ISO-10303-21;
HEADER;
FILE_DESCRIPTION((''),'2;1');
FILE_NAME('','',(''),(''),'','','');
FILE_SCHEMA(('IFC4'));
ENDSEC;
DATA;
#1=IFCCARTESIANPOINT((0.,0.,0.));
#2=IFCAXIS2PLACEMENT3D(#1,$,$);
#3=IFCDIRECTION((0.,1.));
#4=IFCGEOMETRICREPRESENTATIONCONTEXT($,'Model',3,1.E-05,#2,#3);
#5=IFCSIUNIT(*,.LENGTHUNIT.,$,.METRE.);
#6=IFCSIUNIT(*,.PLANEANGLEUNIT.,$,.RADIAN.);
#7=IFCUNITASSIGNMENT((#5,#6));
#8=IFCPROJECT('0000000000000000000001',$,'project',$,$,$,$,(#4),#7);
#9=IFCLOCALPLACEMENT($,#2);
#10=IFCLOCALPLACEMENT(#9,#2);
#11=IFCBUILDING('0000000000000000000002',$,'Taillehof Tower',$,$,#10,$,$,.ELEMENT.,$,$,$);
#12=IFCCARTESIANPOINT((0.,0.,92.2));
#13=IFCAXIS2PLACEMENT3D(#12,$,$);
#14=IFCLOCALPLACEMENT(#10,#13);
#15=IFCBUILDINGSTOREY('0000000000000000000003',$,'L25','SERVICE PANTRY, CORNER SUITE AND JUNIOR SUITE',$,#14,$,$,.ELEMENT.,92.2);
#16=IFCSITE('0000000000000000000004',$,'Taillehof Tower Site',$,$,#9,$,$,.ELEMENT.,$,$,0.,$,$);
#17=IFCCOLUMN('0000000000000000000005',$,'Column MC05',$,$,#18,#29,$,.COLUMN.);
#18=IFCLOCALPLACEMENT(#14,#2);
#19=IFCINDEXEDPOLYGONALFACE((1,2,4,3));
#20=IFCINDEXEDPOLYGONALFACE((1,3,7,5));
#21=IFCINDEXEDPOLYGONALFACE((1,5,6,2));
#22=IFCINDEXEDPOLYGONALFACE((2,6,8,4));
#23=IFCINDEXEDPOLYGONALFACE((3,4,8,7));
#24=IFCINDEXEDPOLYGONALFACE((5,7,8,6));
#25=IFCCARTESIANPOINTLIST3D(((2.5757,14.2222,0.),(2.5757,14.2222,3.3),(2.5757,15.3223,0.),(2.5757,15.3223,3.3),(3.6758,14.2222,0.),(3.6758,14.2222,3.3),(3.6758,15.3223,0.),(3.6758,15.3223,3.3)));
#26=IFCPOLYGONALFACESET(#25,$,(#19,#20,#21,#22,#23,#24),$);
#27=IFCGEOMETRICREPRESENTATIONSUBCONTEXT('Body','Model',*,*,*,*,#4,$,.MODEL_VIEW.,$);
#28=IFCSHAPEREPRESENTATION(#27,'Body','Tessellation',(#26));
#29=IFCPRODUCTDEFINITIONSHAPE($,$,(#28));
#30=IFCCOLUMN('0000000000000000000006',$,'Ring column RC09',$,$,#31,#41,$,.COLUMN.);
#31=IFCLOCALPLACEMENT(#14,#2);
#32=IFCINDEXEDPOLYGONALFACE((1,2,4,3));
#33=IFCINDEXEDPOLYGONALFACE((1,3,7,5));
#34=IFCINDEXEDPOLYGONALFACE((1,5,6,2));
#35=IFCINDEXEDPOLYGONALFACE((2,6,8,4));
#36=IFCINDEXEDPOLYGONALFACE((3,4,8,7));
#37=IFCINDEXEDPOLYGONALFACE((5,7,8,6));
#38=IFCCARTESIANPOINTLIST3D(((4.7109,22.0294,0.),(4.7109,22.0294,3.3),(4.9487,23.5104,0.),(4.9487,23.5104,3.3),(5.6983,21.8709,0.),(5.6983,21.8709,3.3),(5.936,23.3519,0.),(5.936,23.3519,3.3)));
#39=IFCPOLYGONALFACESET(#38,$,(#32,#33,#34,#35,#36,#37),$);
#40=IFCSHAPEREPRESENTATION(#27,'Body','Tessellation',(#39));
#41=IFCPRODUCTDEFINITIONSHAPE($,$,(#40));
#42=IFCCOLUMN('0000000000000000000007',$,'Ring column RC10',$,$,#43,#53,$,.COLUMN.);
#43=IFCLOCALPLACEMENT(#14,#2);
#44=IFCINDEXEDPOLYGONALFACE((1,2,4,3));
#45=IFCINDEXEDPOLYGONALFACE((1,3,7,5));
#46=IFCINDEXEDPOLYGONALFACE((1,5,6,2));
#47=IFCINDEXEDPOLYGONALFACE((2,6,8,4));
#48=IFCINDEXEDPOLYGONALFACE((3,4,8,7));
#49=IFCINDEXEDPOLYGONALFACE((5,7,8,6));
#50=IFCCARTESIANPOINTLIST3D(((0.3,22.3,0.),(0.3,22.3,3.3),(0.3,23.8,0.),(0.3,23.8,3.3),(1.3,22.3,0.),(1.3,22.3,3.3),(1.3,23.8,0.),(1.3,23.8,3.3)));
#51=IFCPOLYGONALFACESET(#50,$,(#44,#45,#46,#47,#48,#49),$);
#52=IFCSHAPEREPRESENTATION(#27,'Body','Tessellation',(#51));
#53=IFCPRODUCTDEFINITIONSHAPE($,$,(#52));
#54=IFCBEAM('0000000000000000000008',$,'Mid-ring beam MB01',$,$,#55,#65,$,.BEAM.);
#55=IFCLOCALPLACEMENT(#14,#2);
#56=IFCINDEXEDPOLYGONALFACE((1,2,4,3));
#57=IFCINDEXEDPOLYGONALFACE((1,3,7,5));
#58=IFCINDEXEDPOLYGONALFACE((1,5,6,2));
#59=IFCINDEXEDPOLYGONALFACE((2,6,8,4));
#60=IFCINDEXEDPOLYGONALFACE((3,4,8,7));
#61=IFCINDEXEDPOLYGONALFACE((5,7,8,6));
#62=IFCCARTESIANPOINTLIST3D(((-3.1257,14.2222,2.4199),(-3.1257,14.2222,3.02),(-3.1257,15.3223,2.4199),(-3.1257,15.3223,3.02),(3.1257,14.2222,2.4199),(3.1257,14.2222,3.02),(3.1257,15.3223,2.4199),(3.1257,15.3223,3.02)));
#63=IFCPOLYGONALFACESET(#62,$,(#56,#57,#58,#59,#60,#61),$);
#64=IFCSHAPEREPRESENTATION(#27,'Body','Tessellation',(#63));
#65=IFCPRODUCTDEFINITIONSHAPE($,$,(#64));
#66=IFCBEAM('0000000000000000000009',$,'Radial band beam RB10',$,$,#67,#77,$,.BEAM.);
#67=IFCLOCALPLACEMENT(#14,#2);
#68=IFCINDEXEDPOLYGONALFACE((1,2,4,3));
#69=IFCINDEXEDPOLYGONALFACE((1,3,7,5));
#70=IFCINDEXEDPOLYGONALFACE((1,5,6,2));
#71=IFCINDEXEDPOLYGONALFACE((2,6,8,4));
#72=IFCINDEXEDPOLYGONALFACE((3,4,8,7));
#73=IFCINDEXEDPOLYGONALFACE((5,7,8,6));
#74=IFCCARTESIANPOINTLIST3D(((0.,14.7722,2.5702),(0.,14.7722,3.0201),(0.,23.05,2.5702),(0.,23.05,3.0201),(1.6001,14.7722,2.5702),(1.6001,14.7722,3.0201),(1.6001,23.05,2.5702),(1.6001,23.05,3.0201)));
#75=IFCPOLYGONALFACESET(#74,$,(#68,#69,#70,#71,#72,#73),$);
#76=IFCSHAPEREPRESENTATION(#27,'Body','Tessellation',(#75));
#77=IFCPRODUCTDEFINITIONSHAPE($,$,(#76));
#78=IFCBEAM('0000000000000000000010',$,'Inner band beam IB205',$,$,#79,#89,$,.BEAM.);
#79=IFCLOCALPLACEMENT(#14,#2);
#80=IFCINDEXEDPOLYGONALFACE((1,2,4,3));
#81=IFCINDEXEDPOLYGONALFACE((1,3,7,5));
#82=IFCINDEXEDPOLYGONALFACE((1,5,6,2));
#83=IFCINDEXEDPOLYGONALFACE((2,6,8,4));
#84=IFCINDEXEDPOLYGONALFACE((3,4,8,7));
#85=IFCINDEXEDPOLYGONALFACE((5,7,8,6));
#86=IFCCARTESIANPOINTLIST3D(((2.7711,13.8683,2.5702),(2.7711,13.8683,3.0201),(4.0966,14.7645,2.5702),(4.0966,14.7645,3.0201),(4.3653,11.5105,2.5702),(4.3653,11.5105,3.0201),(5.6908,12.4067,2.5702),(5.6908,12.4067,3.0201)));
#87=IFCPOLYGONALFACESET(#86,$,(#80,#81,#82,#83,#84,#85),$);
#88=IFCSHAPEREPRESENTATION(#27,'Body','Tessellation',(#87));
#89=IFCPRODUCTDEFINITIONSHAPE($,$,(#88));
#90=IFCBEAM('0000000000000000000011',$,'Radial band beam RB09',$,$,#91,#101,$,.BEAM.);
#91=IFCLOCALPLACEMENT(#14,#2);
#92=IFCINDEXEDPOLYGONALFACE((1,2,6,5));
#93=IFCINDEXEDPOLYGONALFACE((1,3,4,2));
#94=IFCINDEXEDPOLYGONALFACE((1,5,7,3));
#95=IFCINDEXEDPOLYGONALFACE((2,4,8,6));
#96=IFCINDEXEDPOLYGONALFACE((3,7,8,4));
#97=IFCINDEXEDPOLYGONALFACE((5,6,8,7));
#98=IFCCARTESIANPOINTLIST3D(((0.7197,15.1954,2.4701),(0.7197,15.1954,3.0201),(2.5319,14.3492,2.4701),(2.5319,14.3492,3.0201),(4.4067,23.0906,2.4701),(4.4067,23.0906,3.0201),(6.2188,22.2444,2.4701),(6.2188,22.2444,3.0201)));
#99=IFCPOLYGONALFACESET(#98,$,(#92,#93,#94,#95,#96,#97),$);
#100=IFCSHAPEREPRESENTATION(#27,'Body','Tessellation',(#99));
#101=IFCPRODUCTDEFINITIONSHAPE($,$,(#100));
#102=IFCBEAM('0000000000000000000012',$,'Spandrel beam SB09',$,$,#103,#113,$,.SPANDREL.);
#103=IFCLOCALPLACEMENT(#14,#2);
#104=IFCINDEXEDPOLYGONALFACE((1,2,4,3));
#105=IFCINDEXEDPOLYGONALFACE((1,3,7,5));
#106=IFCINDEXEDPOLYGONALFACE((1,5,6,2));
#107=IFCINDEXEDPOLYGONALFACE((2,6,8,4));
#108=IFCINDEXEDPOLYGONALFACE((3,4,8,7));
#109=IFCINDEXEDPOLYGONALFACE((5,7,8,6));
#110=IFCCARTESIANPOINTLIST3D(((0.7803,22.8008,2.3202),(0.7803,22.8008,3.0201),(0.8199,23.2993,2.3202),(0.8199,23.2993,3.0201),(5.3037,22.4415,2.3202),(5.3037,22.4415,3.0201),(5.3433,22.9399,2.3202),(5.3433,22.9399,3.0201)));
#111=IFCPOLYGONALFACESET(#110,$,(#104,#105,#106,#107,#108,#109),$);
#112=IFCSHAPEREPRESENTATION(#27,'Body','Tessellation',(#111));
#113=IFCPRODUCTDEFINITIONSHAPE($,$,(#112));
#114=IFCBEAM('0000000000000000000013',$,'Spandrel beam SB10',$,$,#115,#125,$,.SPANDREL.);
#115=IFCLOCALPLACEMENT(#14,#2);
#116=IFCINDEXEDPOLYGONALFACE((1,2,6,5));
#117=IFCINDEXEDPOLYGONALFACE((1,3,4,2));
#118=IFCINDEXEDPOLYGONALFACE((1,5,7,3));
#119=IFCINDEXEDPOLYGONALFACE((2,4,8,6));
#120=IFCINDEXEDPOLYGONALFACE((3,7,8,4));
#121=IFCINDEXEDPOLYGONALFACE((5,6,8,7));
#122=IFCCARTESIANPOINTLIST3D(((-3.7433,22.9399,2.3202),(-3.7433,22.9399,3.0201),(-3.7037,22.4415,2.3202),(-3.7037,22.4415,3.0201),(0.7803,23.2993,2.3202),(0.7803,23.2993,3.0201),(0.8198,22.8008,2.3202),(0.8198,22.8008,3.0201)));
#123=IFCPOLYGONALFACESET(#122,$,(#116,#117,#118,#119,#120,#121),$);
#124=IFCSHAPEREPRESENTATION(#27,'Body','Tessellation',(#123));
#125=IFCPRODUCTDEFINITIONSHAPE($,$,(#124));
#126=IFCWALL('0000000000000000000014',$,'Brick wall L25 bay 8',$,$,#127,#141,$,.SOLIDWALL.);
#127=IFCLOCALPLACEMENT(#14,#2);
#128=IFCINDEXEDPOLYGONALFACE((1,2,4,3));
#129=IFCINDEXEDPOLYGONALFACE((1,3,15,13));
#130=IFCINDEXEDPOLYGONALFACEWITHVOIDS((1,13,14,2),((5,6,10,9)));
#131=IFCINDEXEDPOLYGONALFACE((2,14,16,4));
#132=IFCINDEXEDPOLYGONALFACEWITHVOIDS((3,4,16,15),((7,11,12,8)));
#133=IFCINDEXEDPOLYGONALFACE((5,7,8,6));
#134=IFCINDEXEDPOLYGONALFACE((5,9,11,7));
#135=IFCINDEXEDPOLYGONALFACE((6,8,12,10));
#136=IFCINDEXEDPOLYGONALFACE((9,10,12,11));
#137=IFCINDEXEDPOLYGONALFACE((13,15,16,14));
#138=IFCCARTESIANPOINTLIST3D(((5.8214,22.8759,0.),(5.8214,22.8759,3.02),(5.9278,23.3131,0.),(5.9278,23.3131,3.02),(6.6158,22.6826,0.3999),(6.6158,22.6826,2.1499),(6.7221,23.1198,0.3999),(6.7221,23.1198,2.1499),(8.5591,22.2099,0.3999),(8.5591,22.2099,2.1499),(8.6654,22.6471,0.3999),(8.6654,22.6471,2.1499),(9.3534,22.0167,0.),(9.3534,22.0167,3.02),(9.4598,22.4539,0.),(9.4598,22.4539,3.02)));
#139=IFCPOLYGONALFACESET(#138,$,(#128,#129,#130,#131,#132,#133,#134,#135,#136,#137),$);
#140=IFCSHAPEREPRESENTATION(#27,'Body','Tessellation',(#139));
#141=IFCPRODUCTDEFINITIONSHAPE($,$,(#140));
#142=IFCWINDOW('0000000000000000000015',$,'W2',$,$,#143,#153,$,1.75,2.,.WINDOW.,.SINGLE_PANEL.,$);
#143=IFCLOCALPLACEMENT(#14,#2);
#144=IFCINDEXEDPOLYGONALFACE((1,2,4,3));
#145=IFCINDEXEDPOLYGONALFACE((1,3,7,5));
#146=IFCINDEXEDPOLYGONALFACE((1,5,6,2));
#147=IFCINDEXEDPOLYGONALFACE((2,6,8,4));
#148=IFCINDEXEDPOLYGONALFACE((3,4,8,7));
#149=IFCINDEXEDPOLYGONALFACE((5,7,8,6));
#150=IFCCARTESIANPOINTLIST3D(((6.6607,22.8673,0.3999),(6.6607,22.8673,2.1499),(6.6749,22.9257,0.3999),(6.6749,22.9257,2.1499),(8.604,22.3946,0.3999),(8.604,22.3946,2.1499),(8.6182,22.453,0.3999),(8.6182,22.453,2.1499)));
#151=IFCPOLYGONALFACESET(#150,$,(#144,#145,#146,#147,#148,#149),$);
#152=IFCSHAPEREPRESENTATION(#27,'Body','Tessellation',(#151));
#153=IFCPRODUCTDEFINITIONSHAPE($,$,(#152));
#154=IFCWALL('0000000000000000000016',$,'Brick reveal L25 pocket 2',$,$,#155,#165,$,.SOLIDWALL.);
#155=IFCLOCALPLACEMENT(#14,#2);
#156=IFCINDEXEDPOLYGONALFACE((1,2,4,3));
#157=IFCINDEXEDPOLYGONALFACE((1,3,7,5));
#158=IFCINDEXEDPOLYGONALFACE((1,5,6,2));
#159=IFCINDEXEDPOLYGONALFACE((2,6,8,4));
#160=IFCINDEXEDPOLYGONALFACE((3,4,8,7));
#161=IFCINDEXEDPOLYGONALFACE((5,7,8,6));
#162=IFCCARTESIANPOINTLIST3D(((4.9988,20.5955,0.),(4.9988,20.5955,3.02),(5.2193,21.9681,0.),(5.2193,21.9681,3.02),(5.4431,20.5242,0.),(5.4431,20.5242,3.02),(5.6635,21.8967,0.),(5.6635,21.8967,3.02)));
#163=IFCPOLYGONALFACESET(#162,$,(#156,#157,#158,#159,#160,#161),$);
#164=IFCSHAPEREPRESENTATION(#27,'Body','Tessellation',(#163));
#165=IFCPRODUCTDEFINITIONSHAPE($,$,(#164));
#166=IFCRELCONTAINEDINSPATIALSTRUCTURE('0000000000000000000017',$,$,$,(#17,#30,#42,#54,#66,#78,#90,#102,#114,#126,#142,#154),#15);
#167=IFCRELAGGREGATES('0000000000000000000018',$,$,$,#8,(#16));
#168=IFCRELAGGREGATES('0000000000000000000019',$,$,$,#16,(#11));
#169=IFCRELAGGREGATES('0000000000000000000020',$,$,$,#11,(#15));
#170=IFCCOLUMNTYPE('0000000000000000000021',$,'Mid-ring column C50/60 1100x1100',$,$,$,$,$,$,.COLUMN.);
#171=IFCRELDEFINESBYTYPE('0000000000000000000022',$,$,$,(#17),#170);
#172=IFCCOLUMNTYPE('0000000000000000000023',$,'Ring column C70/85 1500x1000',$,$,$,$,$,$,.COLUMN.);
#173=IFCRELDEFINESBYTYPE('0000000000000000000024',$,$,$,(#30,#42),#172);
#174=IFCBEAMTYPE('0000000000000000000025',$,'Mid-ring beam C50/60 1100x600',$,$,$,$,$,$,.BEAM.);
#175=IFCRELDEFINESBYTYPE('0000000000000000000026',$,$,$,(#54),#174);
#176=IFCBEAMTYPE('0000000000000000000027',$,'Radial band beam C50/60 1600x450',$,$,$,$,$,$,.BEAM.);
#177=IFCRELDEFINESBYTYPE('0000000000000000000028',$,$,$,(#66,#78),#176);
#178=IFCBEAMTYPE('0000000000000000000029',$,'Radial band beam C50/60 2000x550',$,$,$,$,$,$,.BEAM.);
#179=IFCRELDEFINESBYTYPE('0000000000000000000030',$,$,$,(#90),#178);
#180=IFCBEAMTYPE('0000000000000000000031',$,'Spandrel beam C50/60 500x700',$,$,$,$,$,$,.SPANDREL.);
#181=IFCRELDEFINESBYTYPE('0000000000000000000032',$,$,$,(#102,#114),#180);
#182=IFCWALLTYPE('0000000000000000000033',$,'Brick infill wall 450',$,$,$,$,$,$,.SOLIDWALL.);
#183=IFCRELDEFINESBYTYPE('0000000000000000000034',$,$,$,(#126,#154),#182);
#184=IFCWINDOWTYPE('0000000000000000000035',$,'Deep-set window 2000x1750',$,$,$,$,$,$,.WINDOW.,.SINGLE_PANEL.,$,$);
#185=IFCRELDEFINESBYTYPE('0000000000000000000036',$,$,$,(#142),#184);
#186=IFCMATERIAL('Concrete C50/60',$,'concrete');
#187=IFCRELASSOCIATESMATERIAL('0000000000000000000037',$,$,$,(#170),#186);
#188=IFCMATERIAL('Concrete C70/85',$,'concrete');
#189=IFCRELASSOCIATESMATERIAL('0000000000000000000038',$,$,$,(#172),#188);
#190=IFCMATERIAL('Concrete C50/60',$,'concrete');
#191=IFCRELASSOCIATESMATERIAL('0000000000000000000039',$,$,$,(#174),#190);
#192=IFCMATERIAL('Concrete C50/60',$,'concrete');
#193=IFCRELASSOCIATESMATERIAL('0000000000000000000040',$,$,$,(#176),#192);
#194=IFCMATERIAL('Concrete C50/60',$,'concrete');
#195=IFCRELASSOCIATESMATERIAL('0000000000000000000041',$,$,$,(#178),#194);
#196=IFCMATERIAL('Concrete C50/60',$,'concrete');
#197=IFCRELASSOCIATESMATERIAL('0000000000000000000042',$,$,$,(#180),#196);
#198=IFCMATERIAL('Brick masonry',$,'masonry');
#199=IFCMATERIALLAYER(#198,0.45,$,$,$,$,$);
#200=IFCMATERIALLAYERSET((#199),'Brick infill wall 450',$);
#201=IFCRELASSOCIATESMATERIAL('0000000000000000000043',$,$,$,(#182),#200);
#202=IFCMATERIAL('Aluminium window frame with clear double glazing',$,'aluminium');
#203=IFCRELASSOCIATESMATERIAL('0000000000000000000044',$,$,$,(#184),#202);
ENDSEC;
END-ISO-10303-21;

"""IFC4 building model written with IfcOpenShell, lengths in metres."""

from ifc_helpers import new_model, si_unit, direction, frame, frame_2d, origin, origin_2d, place, context, subcontext, project, spatial, rectangle, extrude, material, layer, layer_set, material_profile, profile_set, type_object, element, fill, save


model = new_model("IFC4")

# Units and contexts
model_context = context("Model", 3, precision=1e-05, world=origin(), true_north=direction((0.0, 1.0)))
body_context = subcontext(model_context, "Body", "Model", "MODEL_VIEW")
ifc_project = project(units=[si_unit("LENGTHUNIT", "METRE"), si_unit("PLANEANGLEUNIT", "RADIAN")], contexts=[model_context])

# Site, building, storey
site_placement = place(None, origin())
site = spatial("IfcSite", under=ifc_project, at=site_placement, Name="Taillehof Tower Site", CompositionType="ELEMENT", RefElevation=0.0)
building_placement = place(site_placement, origin())
building = spatial("IfcBuilding", under=site, at=building_placement, Name="Taillehof Tower", CompositionType="ELEMENT")
storey_placement = place(building_placement, frame((0.0, 0.0, 92.2)))
storey = spatial("IfcBuildingStorey", under=building, at=storey_placement, Name="L25", Description="SERVICE PANTRY, CORNER SUITE AND JUNIOR SUITE", CompositionType="ELEMENT", Elevation=92.2)

# Columns
ifc_material_1 = material(Name="Concrete C50/60", Category="concrete")
ifc_material_profile_1 = material_profile(ifc_material_1, rectangle(XDim=1.1001, YDim=1.1001, at=origin_2d()), Name="RC 1100x1100")
ifc_profile_set_1 = profile_set([ifc_material_profile_1], Name="Concrete C50/60")
column_type_1 = type_object("IfcColumnType", Name="Mid-ring column C50/60 1100x1100", PredefinedType="COLUMN", material=ifc_profile_set_1)
column_placement = place(storey_placement, frame((3.1257, 14.7722, 0.0), z_axis=(0.0, 0.0, 1.0), x_axis=(1.0, 0.0, 0.0)))
element("IfcColumn", 1, at=column_placement, inside=storey, type_object=column_type_1, Name="Column MC05", PredefinedType="COLUMN", context=body_context, shape_type="SweptSolid", body=[
    extrude(rectangle(XDim=1.1001, YDim=1.1001, at=origin_2d()), origin(), (0.0, 0.0, 1.0), 3.3),
])
ifc_material_2 = material(Name="Concrete C70/85", Category="concrete")
ifc_material_profile_2 = material_profile(ifc_material_2, rectangle(XDim=1.5, YDim=1.0, at=origin_2d()), Name="RC 1500x1000")
ifc_profile_set_2 = profile_set([ifc_material_profile_2], Name="Concrete C70/85")
column_type_2 = type_object("IfcColumnType", Name="Ring column C70/85 1500x1000", PredefinedType="COLUMN", material=ifc_profile_set_2)
for number, where, z_axis, x_axis, name in (
    (2, (5.3235, 22.6907, 0.0), (0.0, 0.0, 1.0), (0.158507, 0.987358, 0.0), "Ring column RC09"),
    (3, (0.8, 23.05, 0.0), (0.0, 0.0, 1.0), (0.0, 1.0, 0.0), "Ring column RC10"),
):
    element("IfcColumn", number, at=place(storey_placement, frame(where, z_axis=z_axis, x_axis=x_axis)), inside=storey, type_object=column_type_2, Name=name, PredefinedType="COLUMN", context=body_context, shape_type="SweptSolid", body=[
        extrude(rectangle(XDim=1.5, YDim=1.0, at=origin_2d()), origin(), (0.0, 0.0, 1.0), 3.3),
    ])

# Beams
ifc_material_3 = material(Name="Concrete C50/60", Category="concrete")
ifc_material_profile_3 = material_profile(ifc_material_3, rectangle(XDim=1.1001, YDim=0.6001, at=origin_2d()), Name="RC 1100x600")
ifc_profile_set_3 = profile_set([ifc_material_profile_3], Name="Concrete C50/60")
beam_type_1 = type_object("IfcBeamType", Name="Mid-ring beam C50/60 1100x600", PredefinedType="BEAM", material=ifc_profile_set_3)
beam_1_placement = place(storey_placement, frame((3.1257, 14.7722, 2.72), z_axis=(-1.0, 0.0, 0.0), x_axis=(0.0, -1.0, 0.0)))
element("IfcBeam", 4, at=beam_1_placement, inside=storey, type_object=beam_type_1, Name="Mid-ring beam MB01", PredefinedType="BEAM", context=body_context, shape_type="SweptSolid", body=[
    extrude(rectangle(XDim=1.1001, YDim=0.6001, at=origin_2d()), origin(), (0.0, 0.0, 1.0), 6.2515),
])
ifc_material_4 = material(Name="Concrete C50/60", Category="concrete")
ifc_material_profile_4 = material_profile(ifc_material_4, rectangle(XDim=1.6001, YDim=0.45, at=origin_2d()), Name="RC 1600x450")
ifc_profile_set_4 = profile_set([ifc_material_profile_4], Name="Concrete C50/60")
beam_type_2 = type_object("IfcBeamType", Name="Radial band beam C50/60 1600x450", PredefinedType="BEAM", material=ifc_profile_set_4)
beam_2_placement = place(storey_placement, frame((0.8, 23.05, 2.7952), z_axis=(0.0, -1.0, 0.0), x_axis=(1.0, 0.0, 0.0)))
element("IfcBeam", 5, at=beam_2_placement, inside=storey, type_object=beam_type_2, Name="Radial band beam RB10", PredefinedType="BEAM", context=body_context, shape_type="SweptSolid", body=[
    extrude(rectangle(XDim=1.6001, YDim=0.45, at=origin_2d()), origin(), (0.0, 0.0, 1.0), 8.2778),
])
beam_3_placement = place(storey_placement, frame((3.4338, 14.3164, 2.7952), z_axis=(0.560112, -0.828417, 0.0), x_axis=(0.828417, 0.560112, 0.0)))
element("IfcBeam", 6, at=beam_3_placement, inside=storey, type_object=beam_type_2, Name="Inner band beam IB205", PredefinedType="BEAM", context=body_context, shape_type="SweptSolid", body=[
    extrude(rectangle(XDim=1.6001, YDim=0.45, at=origin_2d()), origin(), (0.0, 0.0, 1.0), 2.8462),
])
ifc_material_5 = material(Name="Concrete C50/60", Category="concrete")
ifc_material_profile_5 = material_profile(ifc_material_5, rectangle(XDim=2.0, YDim=0.55, at=origin_2d()), Name="RC 2000x550")
ifc_profile_set_5 = profile_set([ifc_material_profile_5], Name="Concrete C50/60")
beam_type_3 = type_object("IfcBeamType", Name="Radial band beam C50/60 2000x550", PredefinedType="BEAM", material=ifc_profile_set_5)
beam_4_placement = place(storey_placement, frame((5.3127, 22.6675, 2.7451), z_axis=(-0.423126, -0.906071, 0.0), x_axis=(0.906071, -0.423126, 0.0)))
element("IfcBeam", 7, at=beam_4_placement, inside=storey, type_object=beam_type_3, Name="Radial band beam RB09", PredefinedType="BEAM", context=body_context, shape_type="SweptSolid", body=[
    extrude(rectangle(XDim=2.0, YDim=0.55, at=origin_2d()), origin(), (0.0, 0.0, 1.0), 8.7136),
])
ifc_material_6 = material(Name="Concrete C50/60", Category="concrete")
ifc_material_profile_6 = material_profile(ifc_material_6, rectangle(XDim=0.5, YDim=0.7, at=origin_2d()), Name="RC 500x700")
ifc_profile_set_6 = profile_set([ifc_material_profile_6], Name="Concrete C50/60")
beam_type_4 = type_object("IfcBeamType", Name="Spandrel beam C50/60 500x700", PredefinedType="SPANDREL", material=ifc_profile_set_6)
beam_5_placement = place(storey_placement, frame((5.3235, 22.6907, 2.6702), z_axis=(-0.996859, 0.079198, 0.0), x_axis=(-0.079198, -0.996859, 0.0)))
element("IfcBeam", 8, at=beam_5_placement, inside=storey, type_object=beam_type_4, Name="Spandrel beam SB09", PredefinedType="SPANDREL", context=body_context, shape_type="SweptSolid", body=[
    extrude(rectangle(XDim=0.5, YDim=0.7, at=origin_2d()), origin(), (0.0, 0.0, 1.0), 4.5376),
])
beam_6_placement = place(storey_placement, frame((0.8, 23.05, 2.6702), z_axis=(-0.996859, -0.079194, 0.0), x_axis=(0.079194, -0.996859, 0.0)))
element("IfcBeam", 9, at=beam_6_placement, inside=storey, type_object=beam_type_4, Name="Spandrel beam SB10", PredefinedType="SPANDREL", context=body_context, shape_type="SweptSolid", body=[
    extrude(rectangle(XDim=0.5, YDim=0.7, at=origin_2d()), origin(), (0.0, 0.0, 1.0), 4.5378),
])

# Wall, opening, window
ifc_material_7 = material(Name="Brick masonry", Category="masonry")
ifc_layer_1 = layer(ifc_material_7, 0.45)
ifc_layer_set_1 = layer_set([ifc_layer_1], Name="Brick infill wall 450")
wall_type_1 = type_object("IfcWallType", Name="Brick infill wall 450", PredefinedType="SOLIDWALL", material=ifc_layer_set_1)
wall_1_placement = place(storey_placement, frame((9.4065, 22.2354, 0.0), z_axis=(0.0, 0.0, 1.0), x_axis=(-0.971668, 0.236352, 0.0)))
wall_1 = element("IfcWall", 10, at=wall_1_placement, inside=storey, type_object=wall_type_1, Name="Brick wall L25 bay 8", PredefinedType="SOLIDWALL", context=body_context, shape_type="SweptSolid", body=[
    extrude(rectangle(XDim=3.635, YDim=0.45, at=frame_2d((1.8174, 0.0))), origin(), (0.0, 0.0, 1.0), 3.02),
])
opening_1_placement = place(wall_1_placement, frame((0.8174, 0.0, 0.3999)))
opening_1 = element("IfcOpeningElement", 11, at=opening_1_placement, cuts=wall_1, PredefinedType="OPENING", context=body_context, shape_type="SweptSolid", body=[
    extrude(rectangle(XDim=2.0, YDim=1.75, at=frame_2d((1.0, 0.875))), frame((0.0, 0.2349, 0.0), z_axis=(0.0, -1.0, 0.0), x_axis=(1.0, 0.0, 0.0)), (0.0, 0.0, 1.0), 0.47),
])
ifc_material_8 = material(Name="Aluminium window frame with clear double glazing", Category="aluminium")
window_type_1 = type_object("IfcWindowType", Name="Deep-set window 2000x1750", PartitioningType="SINGLE_PANEL", PredefinedType="WINDOW", material=ifc_material_8)
window_1_placement = place(opening_1_placement, origin())
window_1 = element("IfcWindow", 12, at=window_1_placement, inside=storey, type_object=window_type_1, Name="W2", OverallHeight=1.75, OverallWidth=2.0, PartitioningType="SINGLE_PANEL", PredefinedType="WINDOW", context=body_context, shape_type="SweptSolid", body=[
    extrude(rectangle(XDim=2.0, YDim=1.75, at=frame_2d((1.0, 0.875))), frame((0.0, 0.0349, 0.0), z_axis=(0.0, -1.0, 0.0), x_axis=(1.0, 0.0, 0.0)), (0.0, 0.0, 1.0), 0.0601),
])
fill(opening_1, window_1)

# Wall
wall_2_placement = place(storey_placement, frame((5.4414, 21.9324, 0.0), z_axis=(0.0, 0.0, 1.0), x_axis=(-0.158586, -0.987345, 0.0)))
element("IfcWall", 13, at=wall_2_placement, inside=storey, type_object=wall_type_1, Name="Brick reveal L25 pocket 2", PredefinedType="SOLIDWALL", context=body_context, shape_type="SweptSolid", body=[
    extrude(rectangle(XDim=1.3901, YDim=0.45, at=frame_2d((0.6951, 0.0))), origin(), (0.0, 0.0, 1.0), 3.02),
])

save(model, "model.ifc")
